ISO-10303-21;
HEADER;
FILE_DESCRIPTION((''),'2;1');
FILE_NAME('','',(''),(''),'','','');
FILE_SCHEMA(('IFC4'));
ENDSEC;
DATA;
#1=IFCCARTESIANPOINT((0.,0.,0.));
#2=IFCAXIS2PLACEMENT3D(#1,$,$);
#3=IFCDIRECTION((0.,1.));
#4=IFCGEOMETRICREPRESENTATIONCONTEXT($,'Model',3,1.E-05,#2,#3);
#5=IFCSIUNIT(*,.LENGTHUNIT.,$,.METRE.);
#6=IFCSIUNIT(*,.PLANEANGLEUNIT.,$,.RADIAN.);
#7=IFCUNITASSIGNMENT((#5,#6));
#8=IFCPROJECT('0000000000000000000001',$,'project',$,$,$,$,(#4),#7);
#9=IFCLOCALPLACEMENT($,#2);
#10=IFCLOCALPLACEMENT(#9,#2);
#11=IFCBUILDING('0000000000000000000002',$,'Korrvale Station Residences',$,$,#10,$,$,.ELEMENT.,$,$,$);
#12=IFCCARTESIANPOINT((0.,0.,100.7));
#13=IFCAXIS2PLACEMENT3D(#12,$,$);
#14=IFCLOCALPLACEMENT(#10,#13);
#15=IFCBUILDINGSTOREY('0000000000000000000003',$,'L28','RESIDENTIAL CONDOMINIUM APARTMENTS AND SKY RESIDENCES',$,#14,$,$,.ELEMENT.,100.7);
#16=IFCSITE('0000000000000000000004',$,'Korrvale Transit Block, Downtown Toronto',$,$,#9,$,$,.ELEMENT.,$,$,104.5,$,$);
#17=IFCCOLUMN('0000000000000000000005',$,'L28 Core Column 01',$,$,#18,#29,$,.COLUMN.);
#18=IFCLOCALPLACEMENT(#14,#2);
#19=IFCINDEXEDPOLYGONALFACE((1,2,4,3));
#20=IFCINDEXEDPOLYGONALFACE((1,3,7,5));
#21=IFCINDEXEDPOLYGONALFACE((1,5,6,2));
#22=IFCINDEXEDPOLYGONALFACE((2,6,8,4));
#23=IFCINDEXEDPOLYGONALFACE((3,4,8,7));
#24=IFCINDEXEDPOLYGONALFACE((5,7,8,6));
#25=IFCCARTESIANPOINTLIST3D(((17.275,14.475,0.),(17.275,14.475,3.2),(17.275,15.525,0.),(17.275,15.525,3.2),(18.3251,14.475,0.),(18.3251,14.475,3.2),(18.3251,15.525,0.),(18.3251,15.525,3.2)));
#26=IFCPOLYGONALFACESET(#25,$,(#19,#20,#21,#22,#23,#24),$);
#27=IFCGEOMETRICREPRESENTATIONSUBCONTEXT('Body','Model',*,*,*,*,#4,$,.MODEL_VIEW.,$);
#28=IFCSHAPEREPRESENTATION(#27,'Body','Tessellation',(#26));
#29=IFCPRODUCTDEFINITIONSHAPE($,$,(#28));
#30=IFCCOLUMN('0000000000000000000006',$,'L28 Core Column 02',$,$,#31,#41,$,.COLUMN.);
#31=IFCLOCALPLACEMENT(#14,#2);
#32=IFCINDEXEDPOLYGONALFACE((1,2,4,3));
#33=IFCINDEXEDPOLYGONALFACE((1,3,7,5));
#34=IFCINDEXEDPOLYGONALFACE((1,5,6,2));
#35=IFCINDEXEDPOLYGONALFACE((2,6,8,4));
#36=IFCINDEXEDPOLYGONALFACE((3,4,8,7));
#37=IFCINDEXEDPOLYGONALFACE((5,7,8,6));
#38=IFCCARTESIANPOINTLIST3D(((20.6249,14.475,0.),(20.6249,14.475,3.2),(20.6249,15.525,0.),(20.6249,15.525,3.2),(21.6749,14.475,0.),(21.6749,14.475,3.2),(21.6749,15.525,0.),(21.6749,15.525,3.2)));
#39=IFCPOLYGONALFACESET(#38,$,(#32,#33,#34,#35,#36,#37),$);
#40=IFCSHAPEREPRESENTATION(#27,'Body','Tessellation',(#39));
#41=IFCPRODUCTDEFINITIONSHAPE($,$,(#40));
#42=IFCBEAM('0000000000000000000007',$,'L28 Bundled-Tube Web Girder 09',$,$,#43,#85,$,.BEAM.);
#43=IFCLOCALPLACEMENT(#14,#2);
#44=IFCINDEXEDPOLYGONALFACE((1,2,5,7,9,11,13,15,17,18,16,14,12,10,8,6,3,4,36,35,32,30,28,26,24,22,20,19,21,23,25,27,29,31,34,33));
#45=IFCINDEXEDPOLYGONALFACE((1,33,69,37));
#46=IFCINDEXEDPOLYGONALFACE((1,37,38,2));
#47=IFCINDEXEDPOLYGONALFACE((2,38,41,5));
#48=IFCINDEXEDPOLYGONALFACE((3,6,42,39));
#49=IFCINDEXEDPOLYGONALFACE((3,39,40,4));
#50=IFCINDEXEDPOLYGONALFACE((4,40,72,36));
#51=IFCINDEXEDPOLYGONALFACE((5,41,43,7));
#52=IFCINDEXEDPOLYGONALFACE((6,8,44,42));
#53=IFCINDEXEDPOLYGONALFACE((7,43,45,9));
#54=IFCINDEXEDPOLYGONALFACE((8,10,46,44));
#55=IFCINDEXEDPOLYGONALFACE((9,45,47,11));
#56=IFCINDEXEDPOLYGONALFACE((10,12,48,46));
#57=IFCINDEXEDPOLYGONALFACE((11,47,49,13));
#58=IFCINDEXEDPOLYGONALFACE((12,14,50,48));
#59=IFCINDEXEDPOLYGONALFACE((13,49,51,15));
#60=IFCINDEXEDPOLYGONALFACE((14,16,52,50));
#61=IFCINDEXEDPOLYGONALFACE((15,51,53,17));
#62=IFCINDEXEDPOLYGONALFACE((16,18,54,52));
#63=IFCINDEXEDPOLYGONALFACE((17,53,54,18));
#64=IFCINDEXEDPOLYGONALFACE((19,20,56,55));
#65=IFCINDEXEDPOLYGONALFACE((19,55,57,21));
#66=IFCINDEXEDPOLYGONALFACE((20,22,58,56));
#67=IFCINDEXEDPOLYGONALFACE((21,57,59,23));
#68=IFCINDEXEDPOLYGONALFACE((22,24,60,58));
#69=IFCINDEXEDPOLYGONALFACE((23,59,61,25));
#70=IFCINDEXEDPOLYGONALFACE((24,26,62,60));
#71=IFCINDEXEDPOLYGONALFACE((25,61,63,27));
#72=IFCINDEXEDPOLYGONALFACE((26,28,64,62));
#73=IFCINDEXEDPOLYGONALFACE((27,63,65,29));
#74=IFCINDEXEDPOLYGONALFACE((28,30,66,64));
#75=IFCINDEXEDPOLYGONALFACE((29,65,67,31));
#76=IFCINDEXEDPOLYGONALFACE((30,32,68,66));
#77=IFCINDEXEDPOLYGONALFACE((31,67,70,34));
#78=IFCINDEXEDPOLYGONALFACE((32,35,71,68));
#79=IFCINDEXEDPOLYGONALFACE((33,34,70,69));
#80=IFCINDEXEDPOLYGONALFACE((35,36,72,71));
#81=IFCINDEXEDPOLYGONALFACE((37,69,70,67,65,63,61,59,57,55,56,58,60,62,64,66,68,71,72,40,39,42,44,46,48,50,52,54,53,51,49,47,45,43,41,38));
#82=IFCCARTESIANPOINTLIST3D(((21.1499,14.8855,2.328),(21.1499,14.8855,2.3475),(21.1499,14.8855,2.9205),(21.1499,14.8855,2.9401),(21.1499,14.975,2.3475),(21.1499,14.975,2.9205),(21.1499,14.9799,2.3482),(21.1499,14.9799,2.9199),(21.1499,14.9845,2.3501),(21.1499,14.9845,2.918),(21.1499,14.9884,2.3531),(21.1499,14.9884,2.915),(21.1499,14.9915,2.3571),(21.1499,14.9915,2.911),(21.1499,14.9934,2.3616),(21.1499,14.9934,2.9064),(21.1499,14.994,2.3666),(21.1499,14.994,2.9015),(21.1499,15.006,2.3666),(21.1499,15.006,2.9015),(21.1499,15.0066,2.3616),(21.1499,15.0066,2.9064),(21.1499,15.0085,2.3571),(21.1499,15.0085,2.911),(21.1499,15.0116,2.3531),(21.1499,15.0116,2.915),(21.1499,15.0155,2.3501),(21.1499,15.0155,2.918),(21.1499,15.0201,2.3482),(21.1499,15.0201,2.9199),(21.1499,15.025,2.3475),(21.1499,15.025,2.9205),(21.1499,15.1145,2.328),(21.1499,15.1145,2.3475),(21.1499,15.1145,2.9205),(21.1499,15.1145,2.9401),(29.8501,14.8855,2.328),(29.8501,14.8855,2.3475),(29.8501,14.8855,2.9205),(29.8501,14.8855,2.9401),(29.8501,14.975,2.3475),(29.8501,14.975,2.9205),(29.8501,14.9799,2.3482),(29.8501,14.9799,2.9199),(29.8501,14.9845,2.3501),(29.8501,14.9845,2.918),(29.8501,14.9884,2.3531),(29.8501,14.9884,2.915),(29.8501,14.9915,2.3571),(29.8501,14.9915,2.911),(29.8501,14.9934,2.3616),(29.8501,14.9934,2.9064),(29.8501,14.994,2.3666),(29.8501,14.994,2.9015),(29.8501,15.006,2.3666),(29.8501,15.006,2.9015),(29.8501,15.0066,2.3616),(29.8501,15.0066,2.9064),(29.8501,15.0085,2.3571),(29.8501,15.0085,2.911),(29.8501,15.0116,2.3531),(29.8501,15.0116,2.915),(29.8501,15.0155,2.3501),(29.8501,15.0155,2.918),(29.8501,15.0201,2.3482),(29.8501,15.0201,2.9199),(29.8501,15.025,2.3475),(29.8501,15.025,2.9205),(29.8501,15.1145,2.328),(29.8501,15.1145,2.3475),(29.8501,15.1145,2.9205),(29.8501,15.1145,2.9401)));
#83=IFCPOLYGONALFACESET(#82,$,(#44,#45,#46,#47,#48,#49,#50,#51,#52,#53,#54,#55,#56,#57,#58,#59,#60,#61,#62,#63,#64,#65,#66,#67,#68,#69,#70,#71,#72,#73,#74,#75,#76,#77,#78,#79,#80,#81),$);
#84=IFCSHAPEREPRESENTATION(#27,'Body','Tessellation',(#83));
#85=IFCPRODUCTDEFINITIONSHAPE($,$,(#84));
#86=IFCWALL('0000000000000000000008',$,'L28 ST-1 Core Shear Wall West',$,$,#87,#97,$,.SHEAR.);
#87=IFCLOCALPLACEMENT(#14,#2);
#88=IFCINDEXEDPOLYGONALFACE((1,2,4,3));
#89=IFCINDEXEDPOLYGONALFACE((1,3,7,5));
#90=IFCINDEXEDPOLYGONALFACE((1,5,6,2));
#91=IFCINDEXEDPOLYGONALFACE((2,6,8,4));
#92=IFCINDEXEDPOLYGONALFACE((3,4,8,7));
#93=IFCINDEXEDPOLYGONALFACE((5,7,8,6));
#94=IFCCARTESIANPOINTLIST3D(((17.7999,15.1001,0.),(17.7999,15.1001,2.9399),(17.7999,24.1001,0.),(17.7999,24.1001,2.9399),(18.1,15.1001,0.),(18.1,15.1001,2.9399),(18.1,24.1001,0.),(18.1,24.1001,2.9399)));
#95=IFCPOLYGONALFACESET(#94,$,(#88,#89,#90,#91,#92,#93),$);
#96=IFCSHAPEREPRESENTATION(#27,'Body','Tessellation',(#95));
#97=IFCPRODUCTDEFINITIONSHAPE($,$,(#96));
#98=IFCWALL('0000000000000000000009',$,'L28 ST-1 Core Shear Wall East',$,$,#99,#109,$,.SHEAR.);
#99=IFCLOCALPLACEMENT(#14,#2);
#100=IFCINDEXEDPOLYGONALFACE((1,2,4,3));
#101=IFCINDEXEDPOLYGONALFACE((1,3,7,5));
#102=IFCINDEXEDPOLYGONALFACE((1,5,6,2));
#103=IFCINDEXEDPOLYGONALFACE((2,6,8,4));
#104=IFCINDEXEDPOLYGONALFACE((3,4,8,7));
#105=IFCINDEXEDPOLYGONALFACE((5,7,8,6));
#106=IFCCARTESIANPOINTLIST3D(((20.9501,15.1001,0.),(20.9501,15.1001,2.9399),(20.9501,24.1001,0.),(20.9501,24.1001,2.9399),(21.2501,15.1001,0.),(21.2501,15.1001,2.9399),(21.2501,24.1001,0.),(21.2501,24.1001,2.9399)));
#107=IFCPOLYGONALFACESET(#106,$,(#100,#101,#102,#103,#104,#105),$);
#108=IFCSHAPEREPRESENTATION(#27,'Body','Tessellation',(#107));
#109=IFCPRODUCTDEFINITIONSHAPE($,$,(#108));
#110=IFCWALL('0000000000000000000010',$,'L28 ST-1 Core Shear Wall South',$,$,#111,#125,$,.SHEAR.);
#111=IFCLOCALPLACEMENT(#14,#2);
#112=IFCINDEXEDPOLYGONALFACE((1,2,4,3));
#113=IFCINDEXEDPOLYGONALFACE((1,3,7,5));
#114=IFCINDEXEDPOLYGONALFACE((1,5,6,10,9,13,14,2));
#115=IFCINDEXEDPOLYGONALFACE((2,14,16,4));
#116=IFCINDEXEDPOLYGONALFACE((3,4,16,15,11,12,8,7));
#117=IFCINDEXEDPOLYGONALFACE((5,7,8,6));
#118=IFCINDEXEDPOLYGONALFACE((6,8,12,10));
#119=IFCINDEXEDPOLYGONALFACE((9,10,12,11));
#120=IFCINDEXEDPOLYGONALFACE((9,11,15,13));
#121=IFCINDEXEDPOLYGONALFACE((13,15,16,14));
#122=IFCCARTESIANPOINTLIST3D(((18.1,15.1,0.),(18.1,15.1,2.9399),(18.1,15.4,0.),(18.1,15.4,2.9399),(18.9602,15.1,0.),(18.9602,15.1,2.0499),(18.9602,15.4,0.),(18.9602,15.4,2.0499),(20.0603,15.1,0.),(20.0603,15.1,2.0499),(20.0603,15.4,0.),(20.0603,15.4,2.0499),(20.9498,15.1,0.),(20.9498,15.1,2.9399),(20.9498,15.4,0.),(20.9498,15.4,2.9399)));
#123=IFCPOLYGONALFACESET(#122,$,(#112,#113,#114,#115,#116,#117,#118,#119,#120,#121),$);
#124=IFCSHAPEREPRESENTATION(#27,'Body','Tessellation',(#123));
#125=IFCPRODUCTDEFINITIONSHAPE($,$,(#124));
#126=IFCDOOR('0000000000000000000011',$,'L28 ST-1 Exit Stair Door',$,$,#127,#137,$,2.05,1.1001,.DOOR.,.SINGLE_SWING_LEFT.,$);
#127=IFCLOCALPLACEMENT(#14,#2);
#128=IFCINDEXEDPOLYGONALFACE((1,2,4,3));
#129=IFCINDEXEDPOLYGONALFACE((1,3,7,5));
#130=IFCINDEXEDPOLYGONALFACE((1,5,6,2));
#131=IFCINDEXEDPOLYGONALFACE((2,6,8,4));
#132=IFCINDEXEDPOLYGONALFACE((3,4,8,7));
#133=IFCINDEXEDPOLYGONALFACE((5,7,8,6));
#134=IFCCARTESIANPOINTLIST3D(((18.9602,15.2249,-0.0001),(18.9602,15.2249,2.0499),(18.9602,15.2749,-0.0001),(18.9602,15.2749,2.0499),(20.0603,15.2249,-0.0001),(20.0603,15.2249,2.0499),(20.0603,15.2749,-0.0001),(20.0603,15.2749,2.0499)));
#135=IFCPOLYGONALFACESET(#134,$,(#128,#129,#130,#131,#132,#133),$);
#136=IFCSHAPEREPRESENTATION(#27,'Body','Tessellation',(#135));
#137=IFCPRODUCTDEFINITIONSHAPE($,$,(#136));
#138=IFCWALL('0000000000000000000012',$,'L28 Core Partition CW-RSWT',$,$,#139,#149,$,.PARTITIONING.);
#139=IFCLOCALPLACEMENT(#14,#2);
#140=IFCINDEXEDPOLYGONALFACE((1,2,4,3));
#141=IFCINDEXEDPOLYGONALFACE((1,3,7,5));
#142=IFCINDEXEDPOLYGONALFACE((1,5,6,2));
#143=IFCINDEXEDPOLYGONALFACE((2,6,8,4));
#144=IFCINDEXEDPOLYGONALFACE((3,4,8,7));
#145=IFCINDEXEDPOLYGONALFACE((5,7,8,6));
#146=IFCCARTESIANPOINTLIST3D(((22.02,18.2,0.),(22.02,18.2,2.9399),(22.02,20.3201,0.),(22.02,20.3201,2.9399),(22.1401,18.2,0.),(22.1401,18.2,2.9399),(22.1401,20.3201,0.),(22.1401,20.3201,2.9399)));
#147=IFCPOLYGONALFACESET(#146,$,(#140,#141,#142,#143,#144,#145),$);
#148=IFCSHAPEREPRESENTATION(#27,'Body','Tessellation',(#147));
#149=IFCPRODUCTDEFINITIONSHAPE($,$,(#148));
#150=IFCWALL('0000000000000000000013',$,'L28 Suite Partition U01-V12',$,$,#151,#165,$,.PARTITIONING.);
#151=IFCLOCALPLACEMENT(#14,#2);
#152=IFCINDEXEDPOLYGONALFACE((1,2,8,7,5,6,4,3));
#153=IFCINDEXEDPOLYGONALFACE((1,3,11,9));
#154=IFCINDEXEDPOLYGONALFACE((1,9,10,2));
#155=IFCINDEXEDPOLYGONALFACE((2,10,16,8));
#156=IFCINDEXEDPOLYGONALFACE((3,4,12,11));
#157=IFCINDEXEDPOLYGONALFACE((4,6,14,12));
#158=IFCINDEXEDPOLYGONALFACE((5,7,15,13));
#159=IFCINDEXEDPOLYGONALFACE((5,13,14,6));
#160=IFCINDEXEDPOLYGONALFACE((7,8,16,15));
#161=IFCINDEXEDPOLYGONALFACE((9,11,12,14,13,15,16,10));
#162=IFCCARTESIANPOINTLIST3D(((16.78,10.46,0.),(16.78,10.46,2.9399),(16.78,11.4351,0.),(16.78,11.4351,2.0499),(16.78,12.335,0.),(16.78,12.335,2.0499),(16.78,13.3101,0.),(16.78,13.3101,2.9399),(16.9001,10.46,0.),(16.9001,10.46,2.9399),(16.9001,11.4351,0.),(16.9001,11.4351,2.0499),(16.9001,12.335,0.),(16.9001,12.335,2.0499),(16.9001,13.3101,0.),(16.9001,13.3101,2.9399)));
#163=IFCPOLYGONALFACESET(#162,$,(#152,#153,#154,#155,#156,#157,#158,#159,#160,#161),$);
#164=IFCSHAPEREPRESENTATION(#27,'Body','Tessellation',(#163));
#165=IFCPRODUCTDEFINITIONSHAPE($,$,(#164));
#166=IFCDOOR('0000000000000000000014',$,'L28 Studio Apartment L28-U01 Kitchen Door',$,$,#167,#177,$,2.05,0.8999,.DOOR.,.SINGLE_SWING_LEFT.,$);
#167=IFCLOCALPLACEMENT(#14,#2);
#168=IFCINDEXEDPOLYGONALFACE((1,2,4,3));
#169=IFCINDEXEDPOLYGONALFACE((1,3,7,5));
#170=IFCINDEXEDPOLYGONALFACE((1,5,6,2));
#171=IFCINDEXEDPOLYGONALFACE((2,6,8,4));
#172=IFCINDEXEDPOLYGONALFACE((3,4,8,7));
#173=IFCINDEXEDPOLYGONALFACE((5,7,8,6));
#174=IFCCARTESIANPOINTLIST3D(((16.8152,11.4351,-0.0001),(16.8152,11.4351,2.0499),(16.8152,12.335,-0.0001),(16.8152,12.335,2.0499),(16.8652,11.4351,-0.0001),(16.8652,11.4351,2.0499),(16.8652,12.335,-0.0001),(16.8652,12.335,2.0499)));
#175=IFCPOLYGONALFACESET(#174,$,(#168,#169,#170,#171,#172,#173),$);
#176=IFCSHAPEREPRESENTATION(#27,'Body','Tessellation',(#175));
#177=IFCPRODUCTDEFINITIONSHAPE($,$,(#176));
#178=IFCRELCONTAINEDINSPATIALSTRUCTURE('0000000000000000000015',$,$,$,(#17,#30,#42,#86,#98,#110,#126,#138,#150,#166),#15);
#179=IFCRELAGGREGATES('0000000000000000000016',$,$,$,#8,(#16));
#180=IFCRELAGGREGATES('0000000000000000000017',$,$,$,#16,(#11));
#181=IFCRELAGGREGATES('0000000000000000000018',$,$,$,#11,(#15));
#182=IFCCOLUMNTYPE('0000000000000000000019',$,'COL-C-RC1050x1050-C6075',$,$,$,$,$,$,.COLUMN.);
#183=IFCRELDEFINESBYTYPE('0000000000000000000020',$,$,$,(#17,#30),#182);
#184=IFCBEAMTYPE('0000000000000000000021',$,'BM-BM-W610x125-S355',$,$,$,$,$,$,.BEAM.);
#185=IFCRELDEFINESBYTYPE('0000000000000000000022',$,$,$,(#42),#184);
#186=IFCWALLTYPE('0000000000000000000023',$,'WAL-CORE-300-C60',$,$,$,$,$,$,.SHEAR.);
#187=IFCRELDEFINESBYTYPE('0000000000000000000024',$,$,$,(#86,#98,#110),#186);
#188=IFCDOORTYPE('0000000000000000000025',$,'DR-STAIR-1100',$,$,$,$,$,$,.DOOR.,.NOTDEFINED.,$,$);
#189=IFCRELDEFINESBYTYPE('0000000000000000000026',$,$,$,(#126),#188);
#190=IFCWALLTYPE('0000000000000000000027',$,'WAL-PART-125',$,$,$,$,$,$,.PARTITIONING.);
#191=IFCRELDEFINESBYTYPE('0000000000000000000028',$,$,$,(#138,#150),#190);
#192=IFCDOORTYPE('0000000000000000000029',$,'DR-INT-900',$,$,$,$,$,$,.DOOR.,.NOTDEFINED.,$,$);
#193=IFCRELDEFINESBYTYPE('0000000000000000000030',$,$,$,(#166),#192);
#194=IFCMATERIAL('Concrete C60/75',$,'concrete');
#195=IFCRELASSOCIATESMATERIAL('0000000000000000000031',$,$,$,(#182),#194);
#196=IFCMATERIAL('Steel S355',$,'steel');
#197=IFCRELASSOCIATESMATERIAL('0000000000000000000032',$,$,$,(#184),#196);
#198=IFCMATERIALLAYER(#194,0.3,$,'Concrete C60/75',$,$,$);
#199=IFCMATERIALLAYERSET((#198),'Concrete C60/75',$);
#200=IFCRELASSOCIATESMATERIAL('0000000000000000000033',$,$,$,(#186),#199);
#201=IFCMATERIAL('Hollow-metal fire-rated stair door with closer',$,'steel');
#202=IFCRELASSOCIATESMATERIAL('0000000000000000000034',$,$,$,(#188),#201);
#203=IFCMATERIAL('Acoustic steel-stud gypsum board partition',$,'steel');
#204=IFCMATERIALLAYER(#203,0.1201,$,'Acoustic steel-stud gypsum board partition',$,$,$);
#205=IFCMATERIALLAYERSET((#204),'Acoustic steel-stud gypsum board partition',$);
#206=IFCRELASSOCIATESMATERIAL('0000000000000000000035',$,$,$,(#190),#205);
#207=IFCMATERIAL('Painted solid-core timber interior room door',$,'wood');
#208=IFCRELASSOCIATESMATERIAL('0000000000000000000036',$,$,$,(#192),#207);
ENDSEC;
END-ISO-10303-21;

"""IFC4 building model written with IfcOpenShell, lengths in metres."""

from ifc_helpers import new_model, si_unit, direction, frame, frame_2d, origin, origin_2d, place, context, subcontext, project, spatial, rectangle, i_section, extrude, material, layer, layer_set, material_profile, profile_set, type_object, element, fill, save


model = new_model("IFC4")

# Units and contexts
model_context = context("Model", 3, precision=1e-05, world=origin(), true_north=direction((0.0, 1.0)))
body_context = subcontext(model_context, "Body", "Model", "MODEL_VIEW")
ifc_project = project(units=[si_unit("LENGTHUNIT", "METRE"), si_unit("PLANEANGLEUNIT", "RADIAN")], contexts=[model_context])

# Site, building, storey
site_placement = place(None, origin())
site = spatial("IfcSite", under=ifc_project, at=site_placement, Name="Korrvale Transit Block, Downtown Toronto", CompositionType="ELEMENT", RefElevation=104.5)
building_placement = place(site_placement, origin())
building = spatial("IfcBuilding", under=site, at=building_placement, Name="Korrvale Station Residences", CompositionType="ELEMENT")
storey_placement = place(building_placement, frame((0.0, 0.0, 100.7)))
storey = spatial("IfcBuildingStorey", under=building, at=storey_placement, Name="L28", Description="RESIDENTIAL CONDOMINIUM APARTMENTS AND SKY RESIDENCES", CompositionType="ELEMENT", Elevation=100.7)

# Columns
ifc_material_1 = material(Name="Concrete C60/75", Category="concrete")
ifc_material_profile_1 = material_profile(ifc_material_1, rectangle(XDim=1.05, YDim=1.05, at=origin_2d()), Name="RC1050x1050")
ifc_profile_set_1 = profile_set([ifc_material_profile_1], Name="Concrete C60/75")
column_type = type_object("IfcColumnType", Name="COL-C-RC1050x1050-C6075", PredefinedType="COLUMN", material=ifc_profile_set_1)
for number, where, z_axis, x_axis, name in (
    (1, (17.8, 15.0, 0.0), (0.0, 0.0, 1.0), (1.0, 0.0, 0.0), "L28 Core Column 01"),
    (2, (21.1499, 15.0, 0.0), (0.0, 0.0, 1.0), (1.0, 0.0, 0.0), "L28 Core Column 02"),
):
    element("IfcColumn", number, at=place(storey_placement, frame(where, z_axis=z_axis, x_axis=x_axis)), inside=storey, type_object=column_type, Name=name, PredefinedType="COLUMN", context=body_context, shape_type="SweptSolid", body=[
        extrude(rectangle(XDim=1.05, YDim=1.05, at=origin_2d()), origin(), (0.0, 0.0, 1.0), 3.2),
    ])

# Beam
ifc_material_2 = material(Name="Steel S355", Category="steel")
ifc_material_profile_2 = material_profile(ifc_material_2, i_section(OverallWidth=0.229, OverallDepth=0.6121, WebThickness=0.012, FlangeThickness=0.0195, FilletRadius=0.019, at=origin_2d()), Name="W610x125")
ifc_profile_set_2 = profile_set([ifc_material_profile_2], Name="Steel S355")
beam_type = type_object("IfcBeamType", Name="BM-BM-W610x125-S355", PredefinedType="BEAM", material=ifc_profile_set_2)
beam_placement = place(storey_placement, frame((21.1499, 15.0, 2.634), z_axis=(1.0, 0.0, 0.0), x_axis=(0.0, 1.0, 0.0)))
element("IfcBeam", 3, at=beam_placement, inside=storey, type_object=beam_type, Name="L28 Bundled-Tube Web Girder 09", PredefinedType="BEAM", context=body_context, shape_type="SweptSolid", body=[
    extrude(i_section(OverallWidth=0.229, OverallDepth=0.6121, WebThickness=0.012, FlangeThickness=0.0195, FilletRadius=0.019, at=origin_2d()), origin(), (0.0, 0.0, 1.0), 8.7002),
])

# Walls
ifc_layer_1 = layer(ifc_material_1, 0.3, Name="Concrete C60/75")
ifc_layer_set_1 = layer_set([ifc_layer_1], Name="Concrete C60/75")
wall_type_1 = type_object("IfcWallType", Name="WAL-CORE-300-C60", PredefinedType="SHEAR", material=ifc_layer_set_1)
for number, where, z_axis, x_axis, name in (
    (4, (17.95, 15.1001, 0.0), (0.0, 0.0, 1.0), (0.0, 1.0, 0.0), "L28 ST-1 Core Shear Wall West"),
    (5, (21.1001, 15.1001, 0.0), (0.0, 0.0, 1.0), (0.0, 1.0, 0.0), "L28 ST-1 Core Shear Wall East"),
):
    element("IfcWall", number, at=place(storey_placement, frame(where, z_axis=z_axis, x_axis=x_axis)), inside=storey, type_object=wall_type_1, Name=name, PredefinedType="SHEAR", context=body_context, shape_type="SweptSolid", body=[
        extrude(rectangle(XDim=9.0, YDim=0.3, at=frame_2d((4.5, 0.0))), origin(), (0.0, 0.0, 1.0), 2.9399),
    ])

# Wall, opening, door
wall_1_placement = place(storey_placement, frame((18.1001, 15.25, 0.0), z_axis=(0.0, 0.0, 1.0), x_axis=(1.0, 0.0, 0.0)))
wall_1 = element("IfcWall", 6, at=wall_1_placement, inside=storey, type_object=wall_type_1, Name="L28 ST-1 Core Shear Wall South", PredefinedType="SHEAR", context=body_context, shape_type="SweptSolid", body=[
    extrude(rectangle(XDim=2.8499, YDim=0.3, at=frame_2d((1.4248, 0.0))), origin(), (0.0, 0.0, 1.0), 2.9399),
])
opening_1_placement = place(wall_1_placement, frame((0.8601, 0.0, 0.0)))
opening_1 = element("IfcOpeningElement", 7, at=opening_1_placement, cuts=wall_1, PredefinedType="OPENING", context=body_context, shape_type="SweptSolid", body=[
    extrude(rectangle(XDim=1.1001, YDim=2.05, at=frame_2d((0.55, 1.0249))), frame((0.0, 0.1602, 0.0), z_axis=(0.0, -1.0, 0.0), x_axis=(1.0, 0.0, 0.0)), (0.0, 0.0, 1.0), 0.3201),
])
ifc_material_3 = material(Name="Hollow-metal fire-rated stair door with closer", Category="steel")
door_type_1 = type_object("IfcDoorType", Name="DR-STAIR-1100", OperationType="NOTDEFINED", PredefinedType="DOOR", material=ifc_material_3)
door_1_placement = place(opening_1_placement, origin())
door_1 = element("IfcDoor", 8, at=door_1_placement, inside=storey, type_object=door_type_1, Name="L28 ST-1 Exit Stair Door", OperationType="SINGLE_SWING_LEFT", OverallHeight=2.05, OverallWidth=1.1001, PredefinedType="DOOR", context=body_context, shape_type="SweptSolid", body=[
    extrude(rectangle(XDim=1.1001, YDim=2.05, at=frame_2d((0.55, 1.0249))), frame((0.0, 0.0249, 0.0), z_axis=(0.0, -1.0, 0.0), x_axis=(1.0, 0.0, 0.0)), (0.0, 0.0, 1.0), 0.05),
])
fill(opening_1, door_1)

# Wall
ifc_material_4 = material(Name="Acoustic steel-stud gypsum board partition", Category="steel")
ifc_layer_2 = layer(ifc_material_4, 0.1201, Name="Acoustic steel-stud gypsum board partition")
ifc_layer_set_2 = layer_set([ifc_layer_2], Name="Acoustic steel-stud gypsum board partition")
wall_type_2 = type_object("IfcWallType", Name="WAL-PART-125", PredefinedType="PARTITIONING", material=ifc_layer_set_2)
wall_2_placement = place(storey_placement, frame((22.0801, 18.2, 0.0), z_axis=(0.0, 0.0, 1.0), x_axis=(0.0, 1.0, 0.0)))
element("IfcWall", 9, at=wall_2_placement, inside=storey, type_object=wall_type_2, Name="L28 Core Partition CW-RSWT", PredefinedType="PARTITIONING", context=body_context, shape_type="SweptSolid", body=[
    extrude(rectangle(XDim=2.1201, YDim=0.1201, at=frame_2d((1.0601, 0.0))), origin(), (0.0, 0.0, 1.0), 2.9399),
])

# Wall, opening, door
wall_3_placement = place(storey_placement, frame((16.8401, 10.46, 0.0), z_axis=(0.0, 0.0, 1.0), x_axis=(0.0, 1.0, 0.0)))
wall_3 = element("IfcWall", 10, at=wall_3_placement, inside=storey, type_object=wall_type_2, Name="L28 Suite Partition U01-V12", PredefinedType="PARTITIONING", context=body_context, shape_type="SweptSolid", body=[
    extrude(rectangle(XDim=2.8501, YDim=0.1201, at=frame_2d((1.425, 0.0))), origin(), (0.0, 0.0, 1.0), 2.9399),
])
opening_2_placement = place(wall_3_placement, frame((0.9751, 0.0, 0.0)))
opening_2 = element("IfcOpeningElement", 11, at=opening_2_placement, cuts=wall_3, PredefinedType="OPENING", context=body_context, shape_type="SweptSolid", body=[
    extrude(rectangle(XDim=0.8999, YDim=2.05, at=frame_2d((0.45, 1.0249))), frame((0.0, 0.0701, 0.0), z_axis=(0.0, -1.0, 0.0), x_axis=(1.0, 0.0, 0.0)), (0.0, 0.0, 1.0), 0.1401),
])
ifc_material_5 = material(Name="Painted solid-core timber interior room door", Category="wood")
door_type_2 = type_object("IfcDoorType", Name="DR-INT-900", OperationType="NOTDEFINED", PredefinedType="DOOR", material=ifc_material_5)
door_2_placement = place(opening_2_placement, origin())
door_2 = element("IfcDoor", 12, at=door_2_placement, inside=storey, type_object=door_type_2, Name="L28 Studio Apartment L28-U01 Kitchen Door", OperationType="SINGLE_SWING_LEFT", OverallHeight=2.05, OverallWidth=0.8999, PredefinedType="DOOR", context=body_context, shape_type="SweptSolid", body=[
    extrude(rectangle(XDim=0.8999, YDim=2.05, at=frame_2d((0.45, 1.0249))), frame((0.0, 0.0249, 0.0), z_axis=(0.0, -1.0, 0.0), x_axis=(1.0, 0.0, 0.0)), (0.0, 0.0, 1.0), 0.05),
])
fill(opening_2, door_2)

save(model, "model.ifc")
